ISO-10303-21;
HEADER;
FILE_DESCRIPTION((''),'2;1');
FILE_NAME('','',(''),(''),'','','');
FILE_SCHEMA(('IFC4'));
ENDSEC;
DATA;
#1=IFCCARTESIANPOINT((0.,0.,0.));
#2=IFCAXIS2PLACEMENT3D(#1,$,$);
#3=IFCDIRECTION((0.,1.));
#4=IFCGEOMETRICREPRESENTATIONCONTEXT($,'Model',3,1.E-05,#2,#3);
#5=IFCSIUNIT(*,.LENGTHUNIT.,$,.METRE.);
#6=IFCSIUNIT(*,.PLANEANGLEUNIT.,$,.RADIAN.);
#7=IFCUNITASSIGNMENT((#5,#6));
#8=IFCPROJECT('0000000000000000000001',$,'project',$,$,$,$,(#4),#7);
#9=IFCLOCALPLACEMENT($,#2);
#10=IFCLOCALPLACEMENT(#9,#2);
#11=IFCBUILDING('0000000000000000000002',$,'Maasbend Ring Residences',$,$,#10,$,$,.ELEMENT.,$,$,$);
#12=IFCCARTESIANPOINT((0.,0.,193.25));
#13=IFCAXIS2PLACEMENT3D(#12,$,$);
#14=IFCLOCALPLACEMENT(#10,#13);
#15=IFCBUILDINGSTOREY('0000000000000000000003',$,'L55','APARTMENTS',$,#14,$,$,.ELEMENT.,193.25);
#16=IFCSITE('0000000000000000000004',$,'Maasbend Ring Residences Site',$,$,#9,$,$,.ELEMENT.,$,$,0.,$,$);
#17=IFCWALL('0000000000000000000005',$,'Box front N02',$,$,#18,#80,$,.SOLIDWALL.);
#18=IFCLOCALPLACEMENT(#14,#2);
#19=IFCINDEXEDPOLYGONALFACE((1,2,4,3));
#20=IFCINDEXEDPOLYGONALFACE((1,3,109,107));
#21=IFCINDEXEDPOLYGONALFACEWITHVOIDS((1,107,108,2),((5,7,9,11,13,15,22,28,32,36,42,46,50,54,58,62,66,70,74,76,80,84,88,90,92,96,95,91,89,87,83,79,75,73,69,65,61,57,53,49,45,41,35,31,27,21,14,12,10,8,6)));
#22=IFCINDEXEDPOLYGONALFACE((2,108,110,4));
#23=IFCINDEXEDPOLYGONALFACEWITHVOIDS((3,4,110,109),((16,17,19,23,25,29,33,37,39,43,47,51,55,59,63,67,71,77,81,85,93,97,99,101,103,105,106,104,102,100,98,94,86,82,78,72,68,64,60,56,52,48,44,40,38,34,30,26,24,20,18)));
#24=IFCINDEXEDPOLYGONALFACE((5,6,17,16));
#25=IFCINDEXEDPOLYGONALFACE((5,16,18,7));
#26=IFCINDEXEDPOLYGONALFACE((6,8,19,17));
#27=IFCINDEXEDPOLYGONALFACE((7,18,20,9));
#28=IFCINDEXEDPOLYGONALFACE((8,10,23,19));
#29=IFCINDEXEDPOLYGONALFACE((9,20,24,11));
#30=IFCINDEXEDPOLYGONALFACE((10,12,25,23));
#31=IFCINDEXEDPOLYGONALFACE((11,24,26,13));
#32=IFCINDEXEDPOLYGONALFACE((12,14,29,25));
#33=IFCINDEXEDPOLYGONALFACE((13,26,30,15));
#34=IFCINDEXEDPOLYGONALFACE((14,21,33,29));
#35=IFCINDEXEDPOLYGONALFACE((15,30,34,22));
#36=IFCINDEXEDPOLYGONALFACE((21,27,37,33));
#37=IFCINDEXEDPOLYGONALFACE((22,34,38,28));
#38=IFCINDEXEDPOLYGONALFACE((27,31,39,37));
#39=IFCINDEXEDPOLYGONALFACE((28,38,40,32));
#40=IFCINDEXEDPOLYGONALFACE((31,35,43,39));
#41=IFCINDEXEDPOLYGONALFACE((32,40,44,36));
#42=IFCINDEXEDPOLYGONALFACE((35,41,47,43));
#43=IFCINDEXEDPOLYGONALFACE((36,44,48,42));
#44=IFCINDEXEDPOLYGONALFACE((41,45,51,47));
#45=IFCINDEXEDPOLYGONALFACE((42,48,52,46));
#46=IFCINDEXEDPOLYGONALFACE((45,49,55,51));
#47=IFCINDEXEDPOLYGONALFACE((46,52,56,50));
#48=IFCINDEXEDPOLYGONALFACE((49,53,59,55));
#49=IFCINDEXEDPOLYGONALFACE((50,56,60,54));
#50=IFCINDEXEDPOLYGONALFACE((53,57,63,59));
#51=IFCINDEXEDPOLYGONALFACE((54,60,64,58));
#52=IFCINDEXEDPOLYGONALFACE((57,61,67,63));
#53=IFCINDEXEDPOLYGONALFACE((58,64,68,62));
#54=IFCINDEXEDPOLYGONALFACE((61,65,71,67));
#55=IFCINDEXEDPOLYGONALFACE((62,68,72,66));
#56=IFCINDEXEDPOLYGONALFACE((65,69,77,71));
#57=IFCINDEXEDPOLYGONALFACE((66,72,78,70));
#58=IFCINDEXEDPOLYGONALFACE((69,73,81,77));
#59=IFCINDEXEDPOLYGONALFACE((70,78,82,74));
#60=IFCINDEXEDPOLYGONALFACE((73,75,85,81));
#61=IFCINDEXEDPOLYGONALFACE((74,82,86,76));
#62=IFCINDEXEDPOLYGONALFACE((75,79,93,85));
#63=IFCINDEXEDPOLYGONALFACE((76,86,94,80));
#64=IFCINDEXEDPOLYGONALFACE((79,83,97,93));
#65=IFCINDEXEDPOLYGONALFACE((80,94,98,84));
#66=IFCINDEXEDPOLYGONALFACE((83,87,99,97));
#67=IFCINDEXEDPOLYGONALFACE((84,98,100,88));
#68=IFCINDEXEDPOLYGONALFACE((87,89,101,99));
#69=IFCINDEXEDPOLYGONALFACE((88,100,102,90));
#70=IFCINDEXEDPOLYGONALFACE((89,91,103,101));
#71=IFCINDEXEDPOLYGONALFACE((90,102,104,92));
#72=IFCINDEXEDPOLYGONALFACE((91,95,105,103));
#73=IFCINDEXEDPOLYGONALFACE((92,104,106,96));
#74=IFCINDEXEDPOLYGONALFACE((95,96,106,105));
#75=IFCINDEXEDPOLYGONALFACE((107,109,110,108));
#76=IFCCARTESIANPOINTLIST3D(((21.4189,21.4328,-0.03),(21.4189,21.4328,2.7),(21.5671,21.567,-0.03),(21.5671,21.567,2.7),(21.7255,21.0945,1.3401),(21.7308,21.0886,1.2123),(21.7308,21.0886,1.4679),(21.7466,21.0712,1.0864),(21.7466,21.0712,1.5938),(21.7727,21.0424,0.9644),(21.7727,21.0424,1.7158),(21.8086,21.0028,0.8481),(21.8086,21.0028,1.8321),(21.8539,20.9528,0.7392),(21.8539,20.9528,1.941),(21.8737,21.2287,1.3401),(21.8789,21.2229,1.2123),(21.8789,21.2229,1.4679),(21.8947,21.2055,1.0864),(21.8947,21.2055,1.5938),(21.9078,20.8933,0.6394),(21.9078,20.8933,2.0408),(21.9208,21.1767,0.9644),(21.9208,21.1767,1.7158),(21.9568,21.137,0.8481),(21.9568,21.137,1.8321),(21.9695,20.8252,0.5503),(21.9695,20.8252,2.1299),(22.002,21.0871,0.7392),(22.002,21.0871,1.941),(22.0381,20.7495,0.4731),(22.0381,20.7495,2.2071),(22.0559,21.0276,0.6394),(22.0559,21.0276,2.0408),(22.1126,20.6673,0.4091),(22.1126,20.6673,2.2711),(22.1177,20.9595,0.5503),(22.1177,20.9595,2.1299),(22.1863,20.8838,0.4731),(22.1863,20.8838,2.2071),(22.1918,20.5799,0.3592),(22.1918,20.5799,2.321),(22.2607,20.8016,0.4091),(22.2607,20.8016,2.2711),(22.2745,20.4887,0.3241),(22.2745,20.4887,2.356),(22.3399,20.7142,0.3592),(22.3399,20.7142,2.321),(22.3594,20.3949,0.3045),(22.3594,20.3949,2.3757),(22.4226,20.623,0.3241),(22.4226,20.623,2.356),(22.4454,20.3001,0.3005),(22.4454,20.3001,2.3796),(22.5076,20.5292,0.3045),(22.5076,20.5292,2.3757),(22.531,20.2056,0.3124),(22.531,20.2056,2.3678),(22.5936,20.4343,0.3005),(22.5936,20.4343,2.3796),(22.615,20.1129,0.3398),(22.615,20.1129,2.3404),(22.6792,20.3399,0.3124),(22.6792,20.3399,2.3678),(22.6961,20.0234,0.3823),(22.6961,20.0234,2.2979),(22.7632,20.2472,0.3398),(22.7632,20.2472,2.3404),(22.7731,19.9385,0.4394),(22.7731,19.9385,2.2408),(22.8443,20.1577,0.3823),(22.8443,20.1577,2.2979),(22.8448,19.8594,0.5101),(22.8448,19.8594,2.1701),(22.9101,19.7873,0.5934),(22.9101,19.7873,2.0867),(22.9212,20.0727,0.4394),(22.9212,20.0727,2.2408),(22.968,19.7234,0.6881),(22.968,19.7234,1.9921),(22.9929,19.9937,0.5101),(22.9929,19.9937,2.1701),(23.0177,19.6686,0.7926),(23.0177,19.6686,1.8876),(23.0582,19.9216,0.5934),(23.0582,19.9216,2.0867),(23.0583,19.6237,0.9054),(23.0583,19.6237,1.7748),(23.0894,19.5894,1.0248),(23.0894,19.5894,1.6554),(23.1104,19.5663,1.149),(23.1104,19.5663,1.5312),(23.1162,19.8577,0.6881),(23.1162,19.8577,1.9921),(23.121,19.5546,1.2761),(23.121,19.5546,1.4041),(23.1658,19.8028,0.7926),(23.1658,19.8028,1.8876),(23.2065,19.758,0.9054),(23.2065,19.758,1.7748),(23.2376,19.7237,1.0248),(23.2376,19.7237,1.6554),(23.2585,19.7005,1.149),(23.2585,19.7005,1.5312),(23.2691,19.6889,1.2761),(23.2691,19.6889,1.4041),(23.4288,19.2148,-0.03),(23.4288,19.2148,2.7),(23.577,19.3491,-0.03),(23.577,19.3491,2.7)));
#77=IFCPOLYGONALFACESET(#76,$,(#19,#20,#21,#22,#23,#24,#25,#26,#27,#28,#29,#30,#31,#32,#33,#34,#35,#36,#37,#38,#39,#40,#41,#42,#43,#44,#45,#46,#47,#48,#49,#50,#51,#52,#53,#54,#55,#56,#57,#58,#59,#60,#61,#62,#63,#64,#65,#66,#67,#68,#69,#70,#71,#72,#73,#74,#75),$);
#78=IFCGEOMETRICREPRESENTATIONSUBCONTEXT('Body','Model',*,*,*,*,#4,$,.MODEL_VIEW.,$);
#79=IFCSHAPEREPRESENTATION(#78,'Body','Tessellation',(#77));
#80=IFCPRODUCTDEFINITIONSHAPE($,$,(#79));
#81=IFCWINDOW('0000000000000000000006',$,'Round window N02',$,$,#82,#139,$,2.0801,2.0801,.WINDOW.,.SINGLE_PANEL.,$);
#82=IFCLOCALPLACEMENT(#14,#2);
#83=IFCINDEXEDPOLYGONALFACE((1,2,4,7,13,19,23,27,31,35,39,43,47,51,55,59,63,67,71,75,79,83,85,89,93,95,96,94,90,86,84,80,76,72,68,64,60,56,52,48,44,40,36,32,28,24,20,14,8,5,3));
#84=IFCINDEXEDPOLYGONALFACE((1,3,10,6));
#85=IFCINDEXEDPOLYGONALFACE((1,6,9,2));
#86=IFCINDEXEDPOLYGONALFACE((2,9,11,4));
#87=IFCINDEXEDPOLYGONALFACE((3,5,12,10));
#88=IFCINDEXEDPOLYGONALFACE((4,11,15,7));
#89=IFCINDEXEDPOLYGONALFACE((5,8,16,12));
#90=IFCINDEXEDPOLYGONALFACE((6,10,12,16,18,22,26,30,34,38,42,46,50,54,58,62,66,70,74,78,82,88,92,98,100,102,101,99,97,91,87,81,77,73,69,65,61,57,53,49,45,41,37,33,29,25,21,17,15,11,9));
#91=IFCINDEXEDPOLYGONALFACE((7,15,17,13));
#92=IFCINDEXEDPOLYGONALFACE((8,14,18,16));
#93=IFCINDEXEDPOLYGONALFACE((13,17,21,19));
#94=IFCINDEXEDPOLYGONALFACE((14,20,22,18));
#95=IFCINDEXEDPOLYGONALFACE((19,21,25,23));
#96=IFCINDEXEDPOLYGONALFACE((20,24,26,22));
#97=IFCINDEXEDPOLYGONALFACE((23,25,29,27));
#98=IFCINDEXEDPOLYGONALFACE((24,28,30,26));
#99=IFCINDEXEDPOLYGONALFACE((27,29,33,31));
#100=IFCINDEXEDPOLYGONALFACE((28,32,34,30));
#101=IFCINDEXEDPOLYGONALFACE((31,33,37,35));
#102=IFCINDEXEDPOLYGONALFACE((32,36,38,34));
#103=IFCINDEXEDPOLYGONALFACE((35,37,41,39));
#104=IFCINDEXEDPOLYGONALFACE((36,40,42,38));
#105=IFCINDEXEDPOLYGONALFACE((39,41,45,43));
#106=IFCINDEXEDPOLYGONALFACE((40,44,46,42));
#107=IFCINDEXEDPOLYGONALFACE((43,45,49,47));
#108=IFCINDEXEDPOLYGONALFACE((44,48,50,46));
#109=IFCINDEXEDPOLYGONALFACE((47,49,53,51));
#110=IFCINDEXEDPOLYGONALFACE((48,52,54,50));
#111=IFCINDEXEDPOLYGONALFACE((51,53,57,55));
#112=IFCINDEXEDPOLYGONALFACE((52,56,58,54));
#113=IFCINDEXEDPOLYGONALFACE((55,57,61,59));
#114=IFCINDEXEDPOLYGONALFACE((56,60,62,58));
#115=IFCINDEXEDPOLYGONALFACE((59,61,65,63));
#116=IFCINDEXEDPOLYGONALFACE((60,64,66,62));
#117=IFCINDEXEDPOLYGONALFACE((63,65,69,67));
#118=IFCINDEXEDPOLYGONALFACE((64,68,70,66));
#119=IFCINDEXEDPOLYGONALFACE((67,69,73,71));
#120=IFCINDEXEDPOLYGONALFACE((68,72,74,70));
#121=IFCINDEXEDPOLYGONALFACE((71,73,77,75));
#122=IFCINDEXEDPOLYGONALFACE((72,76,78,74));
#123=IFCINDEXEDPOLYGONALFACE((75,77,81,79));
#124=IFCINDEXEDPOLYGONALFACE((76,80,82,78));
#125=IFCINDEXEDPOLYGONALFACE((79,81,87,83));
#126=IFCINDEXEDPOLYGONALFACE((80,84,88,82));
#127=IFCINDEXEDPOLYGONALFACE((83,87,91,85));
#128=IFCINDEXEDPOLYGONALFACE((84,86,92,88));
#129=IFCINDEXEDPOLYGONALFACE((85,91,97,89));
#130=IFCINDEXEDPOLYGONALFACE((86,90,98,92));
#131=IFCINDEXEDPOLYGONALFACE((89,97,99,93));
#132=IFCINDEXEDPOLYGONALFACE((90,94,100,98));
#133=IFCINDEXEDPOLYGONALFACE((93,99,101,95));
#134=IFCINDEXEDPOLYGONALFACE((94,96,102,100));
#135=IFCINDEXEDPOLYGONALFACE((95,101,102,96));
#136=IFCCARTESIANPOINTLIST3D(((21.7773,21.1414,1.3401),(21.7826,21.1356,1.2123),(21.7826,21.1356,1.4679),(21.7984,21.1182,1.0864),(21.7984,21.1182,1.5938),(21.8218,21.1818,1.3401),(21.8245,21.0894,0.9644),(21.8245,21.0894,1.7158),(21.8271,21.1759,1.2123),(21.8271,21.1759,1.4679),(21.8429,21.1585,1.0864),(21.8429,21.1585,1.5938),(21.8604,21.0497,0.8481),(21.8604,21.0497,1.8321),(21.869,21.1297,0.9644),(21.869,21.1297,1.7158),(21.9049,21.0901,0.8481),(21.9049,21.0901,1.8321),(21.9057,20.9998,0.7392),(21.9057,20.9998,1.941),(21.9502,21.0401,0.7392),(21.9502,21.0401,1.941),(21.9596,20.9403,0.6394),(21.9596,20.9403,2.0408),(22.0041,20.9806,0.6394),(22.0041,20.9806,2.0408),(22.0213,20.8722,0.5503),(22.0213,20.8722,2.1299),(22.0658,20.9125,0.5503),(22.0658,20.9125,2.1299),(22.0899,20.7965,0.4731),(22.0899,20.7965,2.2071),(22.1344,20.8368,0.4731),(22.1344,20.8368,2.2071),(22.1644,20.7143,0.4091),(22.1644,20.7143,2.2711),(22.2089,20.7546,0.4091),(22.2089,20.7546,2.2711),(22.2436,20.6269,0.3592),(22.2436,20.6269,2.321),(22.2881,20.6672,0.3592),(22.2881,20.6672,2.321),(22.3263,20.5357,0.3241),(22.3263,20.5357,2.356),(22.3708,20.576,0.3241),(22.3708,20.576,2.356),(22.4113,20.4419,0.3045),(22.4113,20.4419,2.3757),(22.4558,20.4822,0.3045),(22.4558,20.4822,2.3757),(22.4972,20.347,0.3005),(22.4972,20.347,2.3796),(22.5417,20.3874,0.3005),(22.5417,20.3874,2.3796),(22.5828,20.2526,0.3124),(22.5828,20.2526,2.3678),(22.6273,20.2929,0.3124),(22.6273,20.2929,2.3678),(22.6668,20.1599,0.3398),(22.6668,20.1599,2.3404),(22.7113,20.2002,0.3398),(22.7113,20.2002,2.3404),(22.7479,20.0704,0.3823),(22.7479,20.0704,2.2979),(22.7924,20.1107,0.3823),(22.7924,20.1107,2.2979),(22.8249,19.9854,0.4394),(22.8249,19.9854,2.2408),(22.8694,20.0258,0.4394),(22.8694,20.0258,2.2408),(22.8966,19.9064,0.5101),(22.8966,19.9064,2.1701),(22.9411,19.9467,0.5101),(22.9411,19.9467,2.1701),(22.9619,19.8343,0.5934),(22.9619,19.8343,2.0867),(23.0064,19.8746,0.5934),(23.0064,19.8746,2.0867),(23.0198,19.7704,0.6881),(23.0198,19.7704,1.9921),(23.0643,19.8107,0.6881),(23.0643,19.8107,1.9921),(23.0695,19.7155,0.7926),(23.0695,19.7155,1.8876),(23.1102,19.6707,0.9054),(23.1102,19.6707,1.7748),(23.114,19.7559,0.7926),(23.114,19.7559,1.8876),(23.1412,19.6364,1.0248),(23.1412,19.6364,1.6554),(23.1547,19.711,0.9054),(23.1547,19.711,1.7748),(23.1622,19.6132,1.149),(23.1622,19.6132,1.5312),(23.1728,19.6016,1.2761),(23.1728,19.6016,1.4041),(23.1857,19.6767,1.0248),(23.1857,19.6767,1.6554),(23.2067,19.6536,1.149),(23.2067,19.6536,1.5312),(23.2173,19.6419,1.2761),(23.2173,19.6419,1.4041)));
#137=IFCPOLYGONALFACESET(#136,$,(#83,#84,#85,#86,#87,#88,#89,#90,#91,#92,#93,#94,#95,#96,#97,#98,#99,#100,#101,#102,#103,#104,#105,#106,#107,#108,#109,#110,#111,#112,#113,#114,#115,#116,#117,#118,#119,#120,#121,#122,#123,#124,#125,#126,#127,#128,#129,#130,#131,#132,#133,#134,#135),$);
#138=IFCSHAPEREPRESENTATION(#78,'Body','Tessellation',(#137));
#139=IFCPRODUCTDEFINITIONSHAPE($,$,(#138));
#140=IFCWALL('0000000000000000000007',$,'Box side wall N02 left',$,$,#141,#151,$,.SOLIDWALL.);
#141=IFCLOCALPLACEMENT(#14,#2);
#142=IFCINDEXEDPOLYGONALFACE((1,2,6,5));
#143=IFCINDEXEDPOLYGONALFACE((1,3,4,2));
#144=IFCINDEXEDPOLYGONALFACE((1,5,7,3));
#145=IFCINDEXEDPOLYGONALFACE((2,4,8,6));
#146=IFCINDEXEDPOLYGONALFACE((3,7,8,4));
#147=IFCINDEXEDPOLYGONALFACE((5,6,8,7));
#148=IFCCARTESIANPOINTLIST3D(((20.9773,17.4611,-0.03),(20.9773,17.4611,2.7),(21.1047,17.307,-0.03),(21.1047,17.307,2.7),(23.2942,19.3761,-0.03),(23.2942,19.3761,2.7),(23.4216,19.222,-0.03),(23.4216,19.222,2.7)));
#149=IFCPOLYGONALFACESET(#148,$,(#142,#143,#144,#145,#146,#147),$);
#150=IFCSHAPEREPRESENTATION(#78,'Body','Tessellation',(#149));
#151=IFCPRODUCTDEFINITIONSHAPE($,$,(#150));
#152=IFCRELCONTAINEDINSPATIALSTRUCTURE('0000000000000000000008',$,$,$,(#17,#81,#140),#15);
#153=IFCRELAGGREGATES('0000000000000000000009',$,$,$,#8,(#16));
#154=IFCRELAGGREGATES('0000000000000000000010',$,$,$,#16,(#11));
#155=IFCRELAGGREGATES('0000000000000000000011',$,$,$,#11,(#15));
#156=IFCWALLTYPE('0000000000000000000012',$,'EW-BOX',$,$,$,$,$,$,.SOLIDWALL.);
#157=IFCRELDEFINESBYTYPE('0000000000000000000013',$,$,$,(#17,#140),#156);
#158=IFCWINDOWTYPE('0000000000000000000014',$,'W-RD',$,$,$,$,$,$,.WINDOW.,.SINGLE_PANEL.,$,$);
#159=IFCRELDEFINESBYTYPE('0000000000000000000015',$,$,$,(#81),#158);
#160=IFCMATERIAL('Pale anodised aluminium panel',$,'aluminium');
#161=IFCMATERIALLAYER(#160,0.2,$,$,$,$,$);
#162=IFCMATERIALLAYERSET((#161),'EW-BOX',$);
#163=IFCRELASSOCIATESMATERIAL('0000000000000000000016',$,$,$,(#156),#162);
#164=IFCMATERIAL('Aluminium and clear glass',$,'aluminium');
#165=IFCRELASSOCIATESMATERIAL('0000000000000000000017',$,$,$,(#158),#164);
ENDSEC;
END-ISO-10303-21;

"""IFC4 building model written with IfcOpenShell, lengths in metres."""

from ifc_helpers import new_model, si_unit, direction, frame, frame_2d, origin, place, context, subcontext, project, spatial, rectangle, circle, extrude, material, layer, layer_set, type_object, element, fill, save


model = new_model("IFC4")

# Units and contexts
model_context = context("Model", 3, precision=1e-05, world=origin(), true_north=direction((0.0, 1.0)))
body_context = subcontext(model_context, "Body", "Model", "MODEL_VIEW")
ifc_project = project(units=[si_unit("LENGTHUNIT", "METRE"), si_unit("PLANEANGLEUNIT", "RADIAN")], contexts=[model_context])

# Site, building, storey
site_placement = place(None, origin())
site = spatial("IfcSite", under=ifc_project, at=site_placement, Name="Maasbend Ring Residences Site", CompositionType="ELEMENT", RefElevation=0.0)
building_placement = place(site_placement, origin())
building = spatial("IfcBuilding", under=site, at=building_placement, Name="Maasbend Ring Residences", CompositionType="ELEMENT")
storey_placement = place(building_placement, frame((0.0, 0.0, 193.25)))
storey = spatial("IfcBuildingStorey", under=building, at=storey_placement, Name="L55", Description="APARTMENTS", CompositionType="ELEMENT", Elevation=193.25)

# Wall, opening, window
ifc_material_1 = material(Name="Pale anodised aluminium panel", Category="aluminium")
ifc_layer_1 = layer(ifc_material_1, 0.2)
ifc_layer_set_1 = layer_set([ifc_layer_1], Name="EW-BOX")
wall_type_1 = type_object("IfcWallType", Name="EW-BOX", PredefinedType="SOLIDWALL", material=ifc_layer_set_1)
wall_1_placement = place(storey_placement, frame((23.5029, 19.282, -0.03), z_axis=(0.0, 0.0, 1.0), x_axis=(-0.671507, 0.740998, 0.0)))
wall_1 = element("IfcWall", 1, at=wall_1_placement, inside=storey, type_object=wall_type_1, Name="Box front N02", PredefinedType="SOLIDWALL", context=body_context, shape_type="SweptSolid", body=[
    extrude(rectangle(XDim=2.9932, YDim=0.2, at=frame_2d((1.4966, 0.0))), origin(), (0.0, 0.0, 1.0), 2.73),
])
opening_1_placement = place(wall_1_placement, frame((0.4565, 0.0, 0.3301)))
opening_1 = element("IfcOpeningElement", 2, at=opening_1_placement, cuts=wall_1, PredefinedType="OPENING", context=body_context, shape_type="SweptSolid", body=[
    extrude(circle(Radius=1.04, at=frame_2d((1.04, 1.04))), frame((0.0, 0.1099, 0.0), z_axis=(0.0, -1.0, 0.0), x_axis=(1.0, 0.0, 0.0)), (0.0, 0.0, 1.0), 0.22),
])
ifc_material_2 = material(Name="Aluminium and clear glass", Category="aluminium")
window_type_1 = type_object("IfcWindowType", Name="W-RD", PartitioningType="SINGLE_PANEL", PredefinedType="WINDOW", material=ifc_material_2)
window_1_placement = place(opening_1_placement, origin())
window_1 = element("IfcWindow", 3, at=window_1_placement, inside=storey, type_object=window_type_1, Name="Round window N02", OverallHeight=2.0801, OverallWidth=2.0801, PartitioningType="SINGLE_PANEL", PredefinedType="WINDOW", context=body_context, shape_type="SweptSolid", body=[
    extrude(circle(Radius=1.04, at=frame_2d((1.04, 1.04))), frame((0.0, 0.03, 0.0), z_axis=(0.0, -1.0, 0.0), x_axis=(1.0, 0.0, 0.0)), (0.0, 0.0, 1.0), 0.0601),
])
fill(opening_1, window_1)

# Wall
wall_2_placement = place(storey_placement, frame((21.041, 17.384, -0.03), z_axis=(0.0, 0.0, 1.0), x_axis=(0.770785, 0.637096, 0.0)))
element("IfcWall", 4, at=wall_2_placement, inside=storey, type_object=wall_type_1, Name="Box side wall N02 left", PredefinedType="SOLIDWALL", context=body_context, shape_type="SweptSolid", body=[
    extrude(rectangle(XDim=3.0059, YDim=0.2, at=frame_2d((1.5029, 0.0))), origin(), (0.0, 0.0, 1.0), 2.73),
])

save(model, "model.ifc")
